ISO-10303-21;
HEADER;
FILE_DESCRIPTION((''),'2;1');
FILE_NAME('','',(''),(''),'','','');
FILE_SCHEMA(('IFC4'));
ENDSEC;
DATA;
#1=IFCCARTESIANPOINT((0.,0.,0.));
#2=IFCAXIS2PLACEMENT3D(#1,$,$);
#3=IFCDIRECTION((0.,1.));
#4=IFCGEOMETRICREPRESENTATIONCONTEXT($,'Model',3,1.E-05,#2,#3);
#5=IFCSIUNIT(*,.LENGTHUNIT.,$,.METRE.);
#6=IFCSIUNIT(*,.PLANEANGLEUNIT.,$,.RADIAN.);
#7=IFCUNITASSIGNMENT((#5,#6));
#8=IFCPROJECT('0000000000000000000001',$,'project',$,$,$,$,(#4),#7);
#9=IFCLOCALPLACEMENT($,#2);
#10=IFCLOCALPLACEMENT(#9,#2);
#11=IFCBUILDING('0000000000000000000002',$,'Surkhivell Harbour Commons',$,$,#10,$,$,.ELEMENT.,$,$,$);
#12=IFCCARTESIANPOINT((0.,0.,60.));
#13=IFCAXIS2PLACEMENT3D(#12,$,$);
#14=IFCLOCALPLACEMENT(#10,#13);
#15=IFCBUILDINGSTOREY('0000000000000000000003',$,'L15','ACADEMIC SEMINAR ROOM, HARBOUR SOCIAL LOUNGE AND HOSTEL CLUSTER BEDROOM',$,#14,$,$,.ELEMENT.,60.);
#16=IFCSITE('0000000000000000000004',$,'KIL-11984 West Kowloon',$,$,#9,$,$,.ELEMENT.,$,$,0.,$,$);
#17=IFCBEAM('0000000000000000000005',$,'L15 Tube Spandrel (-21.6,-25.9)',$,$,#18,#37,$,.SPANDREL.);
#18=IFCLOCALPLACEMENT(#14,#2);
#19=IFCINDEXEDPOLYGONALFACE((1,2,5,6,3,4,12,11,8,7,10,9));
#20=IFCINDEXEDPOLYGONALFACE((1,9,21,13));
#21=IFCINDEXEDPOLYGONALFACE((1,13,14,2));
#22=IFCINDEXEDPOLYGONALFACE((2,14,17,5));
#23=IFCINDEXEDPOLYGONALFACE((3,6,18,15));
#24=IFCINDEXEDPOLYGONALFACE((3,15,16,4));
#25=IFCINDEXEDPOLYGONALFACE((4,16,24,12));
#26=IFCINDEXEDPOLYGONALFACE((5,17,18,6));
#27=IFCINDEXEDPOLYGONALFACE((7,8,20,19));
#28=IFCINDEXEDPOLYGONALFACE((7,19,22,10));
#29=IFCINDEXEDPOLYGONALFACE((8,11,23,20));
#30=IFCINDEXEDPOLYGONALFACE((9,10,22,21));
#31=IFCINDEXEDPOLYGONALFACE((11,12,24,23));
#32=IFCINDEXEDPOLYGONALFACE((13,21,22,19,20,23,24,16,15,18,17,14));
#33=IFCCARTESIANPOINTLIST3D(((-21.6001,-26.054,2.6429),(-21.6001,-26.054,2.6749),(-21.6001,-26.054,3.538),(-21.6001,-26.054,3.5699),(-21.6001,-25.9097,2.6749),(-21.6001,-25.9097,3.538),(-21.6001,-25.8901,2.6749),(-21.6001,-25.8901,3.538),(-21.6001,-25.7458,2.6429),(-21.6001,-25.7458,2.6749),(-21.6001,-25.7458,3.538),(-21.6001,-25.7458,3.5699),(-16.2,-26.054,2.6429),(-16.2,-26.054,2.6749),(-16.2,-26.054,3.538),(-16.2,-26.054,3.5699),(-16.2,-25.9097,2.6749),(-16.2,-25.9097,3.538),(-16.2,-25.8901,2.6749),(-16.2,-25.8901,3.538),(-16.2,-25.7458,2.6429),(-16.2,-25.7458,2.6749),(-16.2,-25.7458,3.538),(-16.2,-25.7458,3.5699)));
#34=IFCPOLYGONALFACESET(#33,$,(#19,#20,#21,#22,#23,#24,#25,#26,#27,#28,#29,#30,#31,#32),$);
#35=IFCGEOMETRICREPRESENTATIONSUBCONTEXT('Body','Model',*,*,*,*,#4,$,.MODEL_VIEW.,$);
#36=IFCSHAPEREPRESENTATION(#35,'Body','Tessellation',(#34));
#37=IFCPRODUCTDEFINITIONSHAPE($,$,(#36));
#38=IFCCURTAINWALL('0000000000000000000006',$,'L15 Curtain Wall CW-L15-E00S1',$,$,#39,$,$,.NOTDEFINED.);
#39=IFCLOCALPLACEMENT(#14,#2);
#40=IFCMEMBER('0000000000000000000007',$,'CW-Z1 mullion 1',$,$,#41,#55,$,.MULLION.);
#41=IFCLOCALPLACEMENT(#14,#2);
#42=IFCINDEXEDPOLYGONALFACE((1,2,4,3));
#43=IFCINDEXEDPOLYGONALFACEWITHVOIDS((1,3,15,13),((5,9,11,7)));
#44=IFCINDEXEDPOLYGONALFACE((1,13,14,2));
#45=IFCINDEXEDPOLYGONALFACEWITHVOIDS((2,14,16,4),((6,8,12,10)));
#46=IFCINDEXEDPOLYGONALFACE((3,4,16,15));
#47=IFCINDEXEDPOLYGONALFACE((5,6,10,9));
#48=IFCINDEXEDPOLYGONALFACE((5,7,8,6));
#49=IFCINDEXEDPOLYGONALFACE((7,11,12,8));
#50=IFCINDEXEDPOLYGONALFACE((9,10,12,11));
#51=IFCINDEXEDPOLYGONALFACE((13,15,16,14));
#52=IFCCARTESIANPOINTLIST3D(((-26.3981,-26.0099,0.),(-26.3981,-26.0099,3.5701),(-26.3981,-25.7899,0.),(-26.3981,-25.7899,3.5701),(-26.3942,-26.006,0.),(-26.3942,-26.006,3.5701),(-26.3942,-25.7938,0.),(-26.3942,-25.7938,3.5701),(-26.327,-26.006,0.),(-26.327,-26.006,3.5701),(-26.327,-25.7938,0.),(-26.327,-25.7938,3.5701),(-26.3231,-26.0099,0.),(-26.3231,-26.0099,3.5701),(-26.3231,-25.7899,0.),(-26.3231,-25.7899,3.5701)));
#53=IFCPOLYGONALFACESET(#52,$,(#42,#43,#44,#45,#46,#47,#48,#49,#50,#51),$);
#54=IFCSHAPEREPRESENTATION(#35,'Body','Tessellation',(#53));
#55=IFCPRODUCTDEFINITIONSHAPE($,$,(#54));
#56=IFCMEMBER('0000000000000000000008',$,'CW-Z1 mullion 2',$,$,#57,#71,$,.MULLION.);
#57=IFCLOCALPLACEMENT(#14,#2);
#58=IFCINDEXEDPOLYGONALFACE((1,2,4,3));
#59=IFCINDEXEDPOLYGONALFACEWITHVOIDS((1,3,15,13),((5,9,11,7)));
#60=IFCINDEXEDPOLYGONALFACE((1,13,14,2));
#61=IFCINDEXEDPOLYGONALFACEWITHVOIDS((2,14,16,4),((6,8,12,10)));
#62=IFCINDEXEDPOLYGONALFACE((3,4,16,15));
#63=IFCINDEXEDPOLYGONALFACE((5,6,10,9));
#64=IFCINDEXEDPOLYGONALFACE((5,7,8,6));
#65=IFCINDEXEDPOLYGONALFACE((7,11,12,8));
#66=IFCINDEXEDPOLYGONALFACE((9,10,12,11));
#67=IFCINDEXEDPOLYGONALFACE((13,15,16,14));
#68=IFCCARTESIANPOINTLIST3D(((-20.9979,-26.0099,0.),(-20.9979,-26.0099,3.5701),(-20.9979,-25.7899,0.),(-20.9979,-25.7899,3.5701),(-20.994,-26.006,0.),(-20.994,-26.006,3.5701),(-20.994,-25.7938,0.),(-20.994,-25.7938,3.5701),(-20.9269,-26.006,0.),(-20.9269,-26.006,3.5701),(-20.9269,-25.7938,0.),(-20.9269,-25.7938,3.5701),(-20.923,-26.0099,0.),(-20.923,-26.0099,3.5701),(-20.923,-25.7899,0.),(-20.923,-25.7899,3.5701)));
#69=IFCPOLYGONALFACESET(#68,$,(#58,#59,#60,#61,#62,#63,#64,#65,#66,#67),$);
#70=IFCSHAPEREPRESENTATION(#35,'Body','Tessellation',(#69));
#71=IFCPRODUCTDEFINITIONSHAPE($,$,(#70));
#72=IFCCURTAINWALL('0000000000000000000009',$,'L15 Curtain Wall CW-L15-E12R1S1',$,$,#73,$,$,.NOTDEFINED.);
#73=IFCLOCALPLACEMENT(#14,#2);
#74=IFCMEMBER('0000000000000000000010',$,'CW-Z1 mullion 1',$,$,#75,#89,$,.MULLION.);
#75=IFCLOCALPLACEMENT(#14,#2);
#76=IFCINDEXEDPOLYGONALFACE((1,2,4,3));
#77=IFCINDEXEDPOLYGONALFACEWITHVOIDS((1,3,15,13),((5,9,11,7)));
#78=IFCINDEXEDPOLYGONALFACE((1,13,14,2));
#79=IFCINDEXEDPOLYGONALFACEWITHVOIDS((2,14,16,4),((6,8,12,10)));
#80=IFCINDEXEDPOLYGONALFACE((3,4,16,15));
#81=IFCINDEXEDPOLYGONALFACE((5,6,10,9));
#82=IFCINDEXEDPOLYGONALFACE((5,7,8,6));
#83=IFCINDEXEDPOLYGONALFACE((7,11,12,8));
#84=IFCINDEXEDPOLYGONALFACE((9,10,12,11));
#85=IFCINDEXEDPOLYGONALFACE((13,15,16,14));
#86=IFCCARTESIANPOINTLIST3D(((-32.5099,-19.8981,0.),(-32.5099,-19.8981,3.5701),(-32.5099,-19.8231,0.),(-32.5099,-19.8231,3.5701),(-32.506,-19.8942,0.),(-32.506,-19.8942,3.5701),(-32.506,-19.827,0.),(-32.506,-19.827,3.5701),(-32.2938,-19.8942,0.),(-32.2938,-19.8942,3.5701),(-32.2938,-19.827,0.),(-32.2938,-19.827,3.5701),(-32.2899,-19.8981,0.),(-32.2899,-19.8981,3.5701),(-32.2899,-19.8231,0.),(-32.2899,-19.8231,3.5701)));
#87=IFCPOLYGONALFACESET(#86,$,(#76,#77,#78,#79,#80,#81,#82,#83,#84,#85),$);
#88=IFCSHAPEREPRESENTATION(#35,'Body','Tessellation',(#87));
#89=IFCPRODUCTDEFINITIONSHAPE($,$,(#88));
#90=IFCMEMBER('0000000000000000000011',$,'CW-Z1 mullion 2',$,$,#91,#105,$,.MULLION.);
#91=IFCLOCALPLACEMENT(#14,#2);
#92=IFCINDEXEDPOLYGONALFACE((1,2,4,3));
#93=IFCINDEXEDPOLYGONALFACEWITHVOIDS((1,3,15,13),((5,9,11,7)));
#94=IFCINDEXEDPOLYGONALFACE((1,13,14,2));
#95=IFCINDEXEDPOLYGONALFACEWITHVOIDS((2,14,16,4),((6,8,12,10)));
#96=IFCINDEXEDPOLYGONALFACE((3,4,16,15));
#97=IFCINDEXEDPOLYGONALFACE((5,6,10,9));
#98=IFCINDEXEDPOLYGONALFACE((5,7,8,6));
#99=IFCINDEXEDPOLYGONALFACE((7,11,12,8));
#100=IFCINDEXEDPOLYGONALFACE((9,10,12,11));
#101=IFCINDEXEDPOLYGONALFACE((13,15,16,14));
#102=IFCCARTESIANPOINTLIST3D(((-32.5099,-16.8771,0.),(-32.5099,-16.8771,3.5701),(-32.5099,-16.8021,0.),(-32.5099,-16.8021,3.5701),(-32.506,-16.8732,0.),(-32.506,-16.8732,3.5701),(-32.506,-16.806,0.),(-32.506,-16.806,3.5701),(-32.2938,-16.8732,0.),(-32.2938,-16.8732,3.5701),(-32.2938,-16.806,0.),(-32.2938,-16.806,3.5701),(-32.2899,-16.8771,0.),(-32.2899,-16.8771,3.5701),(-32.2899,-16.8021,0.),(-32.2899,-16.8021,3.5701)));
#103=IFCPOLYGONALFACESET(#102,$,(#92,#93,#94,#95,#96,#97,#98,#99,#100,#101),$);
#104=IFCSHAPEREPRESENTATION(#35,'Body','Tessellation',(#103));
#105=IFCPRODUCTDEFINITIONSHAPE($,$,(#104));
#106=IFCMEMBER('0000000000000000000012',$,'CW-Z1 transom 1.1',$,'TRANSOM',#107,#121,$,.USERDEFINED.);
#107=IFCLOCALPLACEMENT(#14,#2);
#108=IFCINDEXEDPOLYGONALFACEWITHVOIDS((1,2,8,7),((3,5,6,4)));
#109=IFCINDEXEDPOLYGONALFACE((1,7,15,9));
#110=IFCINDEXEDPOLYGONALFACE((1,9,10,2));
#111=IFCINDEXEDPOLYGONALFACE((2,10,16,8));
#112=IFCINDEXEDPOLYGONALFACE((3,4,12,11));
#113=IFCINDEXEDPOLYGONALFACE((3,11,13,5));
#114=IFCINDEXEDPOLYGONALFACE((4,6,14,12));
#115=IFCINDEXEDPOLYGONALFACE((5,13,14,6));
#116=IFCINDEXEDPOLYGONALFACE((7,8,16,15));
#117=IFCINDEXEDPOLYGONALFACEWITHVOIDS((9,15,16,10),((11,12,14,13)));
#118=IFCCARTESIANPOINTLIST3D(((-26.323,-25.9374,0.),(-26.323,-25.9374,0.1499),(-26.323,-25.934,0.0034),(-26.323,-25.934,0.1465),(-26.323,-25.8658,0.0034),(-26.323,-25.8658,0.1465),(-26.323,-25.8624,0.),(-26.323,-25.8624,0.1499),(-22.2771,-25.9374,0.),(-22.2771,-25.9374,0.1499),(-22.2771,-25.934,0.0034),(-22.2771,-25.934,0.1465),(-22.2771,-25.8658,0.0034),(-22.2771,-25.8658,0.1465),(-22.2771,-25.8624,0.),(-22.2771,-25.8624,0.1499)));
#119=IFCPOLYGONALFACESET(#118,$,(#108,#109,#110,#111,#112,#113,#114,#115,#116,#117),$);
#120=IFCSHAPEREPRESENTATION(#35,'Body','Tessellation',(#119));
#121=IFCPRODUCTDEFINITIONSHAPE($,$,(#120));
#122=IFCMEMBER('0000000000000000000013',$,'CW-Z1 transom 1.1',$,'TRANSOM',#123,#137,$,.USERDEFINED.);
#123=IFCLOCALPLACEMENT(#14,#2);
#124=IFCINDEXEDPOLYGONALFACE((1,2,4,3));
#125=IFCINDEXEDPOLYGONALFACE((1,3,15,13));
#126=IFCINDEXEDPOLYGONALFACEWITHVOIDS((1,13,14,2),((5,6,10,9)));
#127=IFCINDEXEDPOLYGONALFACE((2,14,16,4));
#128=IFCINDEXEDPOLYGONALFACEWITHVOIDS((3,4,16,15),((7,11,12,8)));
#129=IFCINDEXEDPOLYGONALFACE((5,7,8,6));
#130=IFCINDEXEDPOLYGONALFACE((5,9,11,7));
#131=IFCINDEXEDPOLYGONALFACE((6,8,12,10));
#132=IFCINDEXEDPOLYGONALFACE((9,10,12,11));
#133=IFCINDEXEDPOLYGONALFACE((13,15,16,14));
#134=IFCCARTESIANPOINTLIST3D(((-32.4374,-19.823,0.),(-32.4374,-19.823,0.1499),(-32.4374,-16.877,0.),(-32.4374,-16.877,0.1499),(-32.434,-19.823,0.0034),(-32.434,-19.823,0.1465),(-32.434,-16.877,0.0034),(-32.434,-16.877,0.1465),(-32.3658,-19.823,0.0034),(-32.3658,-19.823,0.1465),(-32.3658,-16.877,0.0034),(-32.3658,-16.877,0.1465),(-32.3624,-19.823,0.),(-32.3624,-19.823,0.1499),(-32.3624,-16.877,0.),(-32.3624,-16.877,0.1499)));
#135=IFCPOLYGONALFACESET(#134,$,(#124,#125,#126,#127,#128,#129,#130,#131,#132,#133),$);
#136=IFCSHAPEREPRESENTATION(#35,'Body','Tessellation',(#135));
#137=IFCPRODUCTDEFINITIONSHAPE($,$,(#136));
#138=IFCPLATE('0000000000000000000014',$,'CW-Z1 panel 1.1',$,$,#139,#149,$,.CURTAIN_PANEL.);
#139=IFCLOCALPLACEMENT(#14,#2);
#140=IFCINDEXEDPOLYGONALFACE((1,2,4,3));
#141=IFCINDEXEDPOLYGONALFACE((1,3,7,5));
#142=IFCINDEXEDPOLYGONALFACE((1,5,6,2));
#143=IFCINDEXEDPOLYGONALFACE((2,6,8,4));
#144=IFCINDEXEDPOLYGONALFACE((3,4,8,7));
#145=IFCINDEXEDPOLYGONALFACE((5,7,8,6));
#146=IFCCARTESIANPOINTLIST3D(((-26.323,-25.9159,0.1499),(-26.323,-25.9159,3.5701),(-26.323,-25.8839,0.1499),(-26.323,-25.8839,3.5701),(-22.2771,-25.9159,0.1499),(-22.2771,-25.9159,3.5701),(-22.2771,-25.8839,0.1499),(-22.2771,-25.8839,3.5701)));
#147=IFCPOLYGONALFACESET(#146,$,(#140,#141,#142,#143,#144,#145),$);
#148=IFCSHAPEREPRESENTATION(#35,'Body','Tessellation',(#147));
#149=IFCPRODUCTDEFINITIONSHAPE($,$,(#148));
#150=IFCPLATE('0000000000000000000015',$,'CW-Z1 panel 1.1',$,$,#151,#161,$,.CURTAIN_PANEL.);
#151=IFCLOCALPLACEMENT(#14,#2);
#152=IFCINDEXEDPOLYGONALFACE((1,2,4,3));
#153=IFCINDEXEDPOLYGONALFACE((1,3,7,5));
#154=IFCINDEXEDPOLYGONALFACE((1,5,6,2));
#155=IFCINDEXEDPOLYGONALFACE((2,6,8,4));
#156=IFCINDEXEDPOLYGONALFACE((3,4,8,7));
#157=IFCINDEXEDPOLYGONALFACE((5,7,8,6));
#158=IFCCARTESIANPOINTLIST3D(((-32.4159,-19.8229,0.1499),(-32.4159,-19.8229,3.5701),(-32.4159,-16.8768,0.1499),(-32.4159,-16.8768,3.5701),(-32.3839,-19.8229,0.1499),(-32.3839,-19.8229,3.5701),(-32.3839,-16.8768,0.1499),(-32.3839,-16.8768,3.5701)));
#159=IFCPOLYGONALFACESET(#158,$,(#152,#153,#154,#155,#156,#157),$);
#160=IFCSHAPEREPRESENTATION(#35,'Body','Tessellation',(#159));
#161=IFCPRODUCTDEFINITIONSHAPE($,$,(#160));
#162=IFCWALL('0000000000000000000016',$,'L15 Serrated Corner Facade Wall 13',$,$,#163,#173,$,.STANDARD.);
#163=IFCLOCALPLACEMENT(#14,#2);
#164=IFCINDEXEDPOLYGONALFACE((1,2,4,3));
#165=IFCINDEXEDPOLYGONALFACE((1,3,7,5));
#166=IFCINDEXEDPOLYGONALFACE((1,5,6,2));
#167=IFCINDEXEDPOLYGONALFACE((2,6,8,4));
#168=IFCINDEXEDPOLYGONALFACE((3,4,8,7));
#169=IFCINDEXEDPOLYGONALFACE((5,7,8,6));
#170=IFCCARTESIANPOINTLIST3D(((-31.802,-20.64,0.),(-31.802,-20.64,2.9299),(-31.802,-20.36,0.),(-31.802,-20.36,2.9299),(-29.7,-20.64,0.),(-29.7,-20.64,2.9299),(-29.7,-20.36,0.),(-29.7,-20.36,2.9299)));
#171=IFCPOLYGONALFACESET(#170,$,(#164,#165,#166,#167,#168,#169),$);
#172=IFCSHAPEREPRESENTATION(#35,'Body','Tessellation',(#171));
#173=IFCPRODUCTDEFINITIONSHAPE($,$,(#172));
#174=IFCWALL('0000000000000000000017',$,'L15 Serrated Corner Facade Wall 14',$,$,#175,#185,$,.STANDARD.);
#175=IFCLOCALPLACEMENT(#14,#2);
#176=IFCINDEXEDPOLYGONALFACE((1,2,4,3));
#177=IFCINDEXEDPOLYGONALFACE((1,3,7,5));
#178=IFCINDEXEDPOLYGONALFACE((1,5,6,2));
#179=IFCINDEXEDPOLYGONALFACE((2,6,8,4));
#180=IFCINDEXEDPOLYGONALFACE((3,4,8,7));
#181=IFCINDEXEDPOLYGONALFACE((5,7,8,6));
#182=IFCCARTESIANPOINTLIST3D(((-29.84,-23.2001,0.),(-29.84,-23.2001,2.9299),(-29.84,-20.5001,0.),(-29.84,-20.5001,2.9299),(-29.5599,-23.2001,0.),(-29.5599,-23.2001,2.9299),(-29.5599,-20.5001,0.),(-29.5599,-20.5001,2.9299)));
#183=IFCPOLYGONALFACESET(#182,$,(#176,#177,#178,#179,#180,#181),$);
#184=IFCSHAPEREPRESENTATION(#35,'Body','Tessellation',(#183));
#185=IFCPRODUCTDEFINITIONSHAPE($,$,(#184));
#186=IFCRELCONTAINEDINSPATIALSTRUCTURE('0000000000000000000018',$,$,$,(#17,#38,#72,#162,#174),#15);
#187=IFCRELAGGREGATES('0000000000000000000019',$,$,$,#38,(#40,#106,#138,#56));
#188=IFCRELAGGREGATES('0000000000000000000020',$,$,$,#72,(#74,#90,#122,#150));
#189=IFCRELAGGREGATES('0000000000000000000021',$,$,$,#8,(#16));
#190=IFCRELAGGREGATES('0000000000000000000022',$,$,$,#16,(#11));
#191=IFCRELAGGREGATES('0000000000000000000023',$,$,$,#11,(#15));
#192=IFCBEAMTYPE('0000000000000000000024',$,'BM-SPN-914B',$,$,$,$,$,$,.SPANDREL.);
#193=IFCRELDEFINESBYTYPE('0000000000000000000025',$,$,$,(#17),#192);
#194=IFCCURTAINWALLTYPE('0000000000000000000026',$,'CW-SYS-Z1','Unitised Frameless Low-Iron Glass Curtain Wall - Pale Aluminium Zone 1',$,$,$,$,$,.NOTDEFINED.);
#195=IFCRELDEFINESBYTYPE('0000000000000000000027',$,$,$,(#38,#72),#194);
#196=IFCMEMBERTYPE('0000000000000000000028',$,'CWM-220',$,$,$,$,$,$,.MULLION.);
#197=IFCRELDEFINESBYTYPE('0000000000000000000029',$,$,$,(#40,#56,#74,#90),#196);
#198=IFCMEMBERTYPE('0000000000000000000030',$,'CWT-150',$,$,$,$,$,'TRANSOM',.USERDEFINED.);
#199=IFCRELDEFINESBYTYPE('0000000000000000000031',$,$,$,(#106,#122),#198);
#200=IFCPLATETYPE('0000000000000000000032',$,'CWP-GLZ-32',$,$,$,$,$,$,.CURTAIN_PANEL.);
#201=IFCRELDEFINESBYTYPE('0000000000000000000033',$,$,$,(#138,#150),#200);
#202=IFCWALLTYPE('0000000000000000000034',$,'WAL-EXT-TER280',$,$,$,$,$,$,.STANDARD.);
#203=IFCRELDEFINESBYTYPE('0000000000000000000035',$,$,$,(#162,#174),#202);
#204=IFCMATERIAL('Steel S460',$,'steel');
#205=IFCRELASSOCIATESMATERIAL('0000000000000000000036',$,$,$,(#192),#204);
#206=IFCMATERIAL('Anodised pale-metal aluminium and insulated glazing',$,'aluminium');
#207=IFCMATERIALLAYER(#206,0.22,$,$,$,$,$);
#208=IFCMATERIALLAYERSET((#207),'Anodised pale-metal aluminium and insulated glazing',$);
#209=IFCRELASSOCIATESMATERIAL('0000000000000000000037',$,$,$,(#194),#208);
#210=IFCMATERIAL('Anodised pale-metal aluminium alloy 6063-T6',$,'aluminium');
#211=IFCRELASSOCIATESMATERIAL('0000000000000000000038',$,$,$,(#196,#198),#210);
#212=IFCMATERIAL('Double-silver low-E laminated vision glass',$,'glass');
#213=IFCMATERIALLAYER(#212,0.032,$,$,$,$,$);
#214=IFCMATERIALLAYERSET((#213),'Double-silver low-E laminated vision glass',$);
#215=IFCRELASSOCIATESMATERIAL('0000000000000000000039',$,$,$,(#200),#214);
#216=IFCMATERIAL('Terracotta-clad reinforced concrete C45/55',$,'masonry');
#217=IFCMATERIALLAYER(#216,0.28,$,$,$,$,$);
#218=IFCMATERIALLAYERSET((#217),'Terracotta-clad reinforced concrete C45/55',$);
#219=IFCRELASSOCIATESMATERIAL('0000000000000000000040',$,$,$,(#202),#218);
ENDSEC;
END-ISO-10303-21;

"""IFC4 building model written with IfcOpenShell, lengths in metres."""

from ifc_helpers import new_model, si_unit, direction, frame, frame_2d, origin, origin_2d, place, context, subcontext, project, spatial, rectangle, hollow_rectangle, i_section, extrude, material, layer, layer_set, material_profile, profile_set, type_object, element, aggregate, save


model = new_model("IFC4")

# Units and contexts
model_context = context("Model", 3, precision=1e-05, world=origin(), true_north=direction((0.0, 1.0)))
body_context = subcontext(model_context, "Body", "Model", "MODEL_VIEW")
ifc_project = project(units=[si_unit("LENGTHUNIT", "METRE"), si_unit("PLANEANGLEUNIT", "RADIAN")], contexts=[model_context])

# Site, building, storey
site_placement = place(None, origin())
site = spatial("IfcSite", under=ifc_project, at=site_placement, Name="KIL-11984 West Kowloon", CompositionType="ELEMENT", RefElevation=0.0)
building_placement = place(site_placement, origin())
building = spatial("IfcBuilding", under=site, at=building_placement, Name="Surkhivell Harbour Commons", CompositionType="ELEMENT")
storey_placement = place(building_placement, frame((0.0, 0.0, 60.0)))
storey = spatial("IfcBuildingStorey", under=building, at=storey_placement, Name="L15", Description="ACADEMIC SEMINAR ROOM, HARBOUR SOCIAL LOUNGE AND HOSTEL CLUSTER BEDROOM", CompositionType="ELEMENT", Elevation=60.0)

# Beam
ifc_material_1 = material(Name="Steel S460", Category="steel")
ifc_material_profile_1 = material_profile(ifc_material_1, i_section(OverallWidth=0.3081, OverallDepth=0.927, WebThickness=0.0195, FlangeThickness=0.032, at=origin_2d()), Name="UB914x305x289")
ifc_profile_set_1 = profile_set([ifc_material_profile_1], Name="Steel S460")
beam_type_1 = type_object("IfcBeamType", Name="BM-SPN-914B", PredefinedType="SPANDREL", material=ifc_profile_set_1)
beam_1_placement = place(storey_placement, frame((-21.6001, -25.8999, 3.1064), z_axis=(1.0, 0.0, 0.0), x_axis=(0.0, 1.0, 0.0)))
element("IfcBeam", 1, at=beam_1_placement, inside=storey, type_object=beam_type_1, Name="L15 Tube Spandrel (-21.6,-25.9)", PredefinedType="SPANDREL", context=body_context, shape_type="SweptSolid", body=[
    extrude(i_section(OverallWidth=0.3081, OverallDepth=0.927, WebThickness=0.0195, FlangeThickness=0.032, at=origin_2d()), origin(), (0.0, 0.0, 1.0), 5.4001),
])

# Curtain walls, members
ifc_material_2 = material(Name="Anodised pale-metal aluminium and insulated glazing", Category="aluminium")
ifc_layer_1 = layer(ifc_material_2, 0.22)
ifc_layer_set_1 = layer_set([ifc_layer_1], Name="Anodised pale-metal aluminium and insulated glazing")
curtain_wall_type = type_object("IfcCurtainWallType", Name="CW-SYS-Z1", Description="Unitised Frameless Low-Iron Glass Curtain Wall - Pale Aluminium Zone 1", PredefinedType="NOTDEFINED", material=ifc_layer_set_1)
curtain_wall_1_placement = place(storey_placement, origin())
curtain_wall_1 = element("IfcCurtainWall", 2, at=curtain_wall_1_placement, inside=storey, type_object=curtain_wall_type, Name="L15 Curtain Wall CW-L15-E00S1", PredefinedType="NOTDEFINED")
ifc_material_3 = material(Name="Anodised pale-metal aluminium alloy 6063-T6", Category="aluminium")
ifc_material_profile_2 = material_profile(ifc_material_3, hollow_rectangle(XDim=0.075, YDim=0.22, WallThickness=0.0039, at=origin_2d()), Name="ALU-MULL-75x220")
ifc_profile_set_2 = profile_set([ifc_material_profile_2], Name="Anodised pale-metal aluminium alloy 6063-T6")
member_type_1 = type_object("IfcMemberType", Name="CWM-220", PredefinedType="MULLION", material=ifc_profile_set_2)
member_1_placement = place(storey_placement, frame((-26.3606, -25.8999, 0.0), z_axis=(0.0, 0.0, 1.0), x_axis=(1.0, 0.0, 0.0)))
member_1 = element("IfcMember", 3, at=member_1_placement, type_object=member_type_1, Name="CW-Z1 mullion 1", PredefinedType="MULLION", context=body_context, shape_type="SweptSolid", body=[
    extrude(hollow_rectangle(XDim=0.075, YDim=0.22, WallThickness=0.0039, at=origin_2d()), origin(), (0.0, 0.0, 1.0), 3.5701),
])
member_2_placement = place(storey_placement, frame((-20.9604, -25.8999, 0.0), z_axis=(0.0, 0.0, 1.0), x_axis=(1.0, 0.0, 0.0)))
member_2 = element("IfcMember", 4, at=member_2_placement, type_object=member_type_1, Name="CW-Z1 mullion 2", PredefinedType="MULLION", context=body_context, shape_type="SweptSolid", body=[
    extrude(hollow_rectangle(XDim=0.075, YDim=0.22, WallThickness=0.0039, at=origin_2d()), origin(), (0.0, 0.0, 1.0), 3.5701),
])
curtain_wall_2_placement = place(storey_placement, origin())
curtain_wall_2 = element("IfcCurtainWall", 5, at=curtain_wall_2_placement, inside=storey, type_object=curtain_wall_type, Name="L15 Curtain Wall CW-L15-E12R1S1", PredefinedType="NOTDEFINED")
member_3_placement = place(storey_placement, frame((-32.3999, -19.8606, 0.0), z_axis=(0.0, 0.0, 1.0), x_axis=(0.0, 1.0, 0.0)))
member_3 = element("IfcMember", 6, at=member_3_placement, type_object=member_type_1, Name="CW-Z1 mullion 1", PredefinedType="MULLION", context=body_context, shape_type="SweptSolid", body=[
    extrude(hollow_rectangle(XDim=0.075, YDim=0.22, WallThickness=0.0039, at=origin_2d()), origin(), (0.0, 0.0, 1.0), 3.5701),
])
member_4_placement = place(storey_placement, frame((-32.3999, -16.8396, 0.0), z_axis=(0.0, 0.0, 1.0), x_axis=(0.0, 1.0, 0.0)))
member_4 = element("IfcMember", 7, at=member_4_placement, type_object=member_type_1, Name="CW-Z1 mullion 2", PredefinedType="MULLION", context=body_context, shape_type="SweptSolid", body=[
    extrude(hollow_rectangle(XDim=0.075, YDim=0.22, WallThickness=0.0039, at=origin_2d()), origin(), (0.0, 0.0, 1.0), 3.5701),
])

# Members
ifc_material_profile_3 = material_profile(ifc_material_3, hollow_rectangle(XDim=0.075, YDim=0.1499, WallThickness=0.0034, at=origin_2d()), Name="ALU-TRAN-75x150")
ifc_profile_set_3 = profile_set([ifc_material_profile_3], Name="Anodised pale-metal aluminium alloy 6063-T6")
member_type_2 = type_object("IfcMemberType", Name="CWT-150", ElementType="TRANSOM", PredefinedType="USERDEFINED", material=ifc_profile_set_3)
member_5_placement = place(storey_placement, frame((-26.323, -25.8999, 0.075), z_axis=(1.0, 0.0, 0.0), x_axis=(0.0, 1.0, 0.0)))
member_5 = element("IfcMember", 8, at=member_5_placement, type_object=member_type_2, Name="CW-Z1 transom 1.1", ObjectType="TRANSOM", PredefinedType="USERDEFINED", context=body_context, shape_type="SweptSolid", body=[
    extrude(hollow_rectangle(XDim=0.075, YDim=0.1499, WallThickness=0.0034, at=origin_2d()), origin(), (0.0, 0.0, 1.0), 4.0459),
])
member_6_placement = place(storey_placement, frame((-32.3999, -19.823, 0.075), z_axis=(0.0, 1.0, 0.0), x_axis=(-1.0, 0.0, 0.0)))
member_6 = element("IfcMember", 9, at=member_6_placement, type_object=member_type_2, Name="CW-Z1 transom 1.1", ObjectType="TRANSOM", PredefinedType="USERDEFINED", context=body_context, shape_type="SweptSolid", body=[
    extrude(hollow_rectangle(XDim=0.075, YDim=0.1499, WallThickness=0.0034, at=origin_2d()), origin(), (0.0, 0.0, 1.0), 2.946),
])

# Plates
ifc_material_4 = material(Name="Double-silver low-E laminated vision glass", Category="glass")
ifc_layer_2 = layer(ifc_material_4, 0.032)
ifc_layer_set_2 = layer_set([ifc_layer_2], Name="Double-silver low-E laminated vision glass")
plate_type = type_object("IfcPlateType", Name="CWP-GLZ-32", PredefinedType="CURTAIN_PANEL", material=ifc_layer_set_2)
plate_1_placement = place(storey_placement, frame((-26.323, -25.8999, 0.1499), z_axis=(0.0, 0.0, 1.0), x_axis=(1.0, 0.0, 0.0)))
plate_1 = element("IfcPlate", 10, at=plate_1_placement, type_object=plate_type, Name="CW-Z1 panel 1.1", PredefinedType="CURTAIN_PANEL", context=body_context, shape_type="SweptSolid", body=[
    extrude(rectangle(XDim=4.0459, YDim=0.032, at=frame_2d((2.0229, 0.0))), origin(), (0.0, 0.0, 1.0), 3.4202),
])
aggregate(curtain_wall_1, [member_1, member_5, plate_1, member_2])
plate_2_placement = place(storey_placement, frame((-32.3999, -19.823, 0.1499), z_axis=(0.0, 0.0, 1.0), x_axis=(0.0, 1.0, 0.0)))
plate_2 = element("IfcPlate", 11, at=plate_2_placement, type_object=plate_type, Name="CW-Z1 panel 1.1", PredefinedType="CURTAIN_PANEL", context=body_context, shape_type="SweptSolid", body=[
    extrude(rectangle(XDim=2.946, YDim=0.032, at=frame_2d((1.4731, 0.0))), origin(), (0.0, 0.0, 1.0), 3.4202),
])
aggregate(curtain_wall_2, [member_3, member_4, member_6, plate_2])

# Walls
ifc_material_5 = material(Name="Terracotta-clad reinforced concrete C45/55", Category="masonry")
ifc_layer_3 = layer(ifc_material_5, 0.28)
ifc_layer_set_3 = layer_set([ifc_layer_3], Name="Terracotta-clad reinforced concrete C45/55")
wall_type = type_object("IfcWallType", Name="WAL-EXT-TER280", PredefinedType="STANDARD", material=ifc_layer_set_3)
wall_1_placement = place(storey_placement, frame((-31.802, -20.5, 0.0), z_axis=(0.0, 0.0, 1.0), x_axis=(1.0, 0.0, 0.0)))
element("IfcWall", 12, at=wall_1_placement, inside=storey, type_object=wall_type, Name="L15 Serrated Corner Facade Wall 13", PredefinedType="STANDARD", context=body_context, shape_type="SweptSolid", body=[
    extrude(rectangle(XDim=2.1021, YDim=0.28, at=frame_2d((1.051, 0.0))), origin(), (0.0, 0.0, 1.0), 2.9299),
])
for number, where, z_axis, x_axis, name in (
    (13, (-29.7, -20.5, 0.0), (0.0, 0.0, 1.0), (0.0, -1.0, 0.0), "L15 Serrated Corner Facade Wall 14"),
):
    element("IfcWall", number, at=place(storey_placement, frame(where, z_axis=z_axis, x_axis=x_axis)), inside=storey, type_object=wall_type, Name=name, PredefinedType="STANDARD", context=body_context, shape_type="SweptSolid", body=[
        extrude(rectangle(XDim=2.7, YDim=0.28, at=frame_2d((1.3501, 0.0))), origin(), (0.0, 0.0, 1.0), 2.9299),
    ])

save(model, "model.ifc")
